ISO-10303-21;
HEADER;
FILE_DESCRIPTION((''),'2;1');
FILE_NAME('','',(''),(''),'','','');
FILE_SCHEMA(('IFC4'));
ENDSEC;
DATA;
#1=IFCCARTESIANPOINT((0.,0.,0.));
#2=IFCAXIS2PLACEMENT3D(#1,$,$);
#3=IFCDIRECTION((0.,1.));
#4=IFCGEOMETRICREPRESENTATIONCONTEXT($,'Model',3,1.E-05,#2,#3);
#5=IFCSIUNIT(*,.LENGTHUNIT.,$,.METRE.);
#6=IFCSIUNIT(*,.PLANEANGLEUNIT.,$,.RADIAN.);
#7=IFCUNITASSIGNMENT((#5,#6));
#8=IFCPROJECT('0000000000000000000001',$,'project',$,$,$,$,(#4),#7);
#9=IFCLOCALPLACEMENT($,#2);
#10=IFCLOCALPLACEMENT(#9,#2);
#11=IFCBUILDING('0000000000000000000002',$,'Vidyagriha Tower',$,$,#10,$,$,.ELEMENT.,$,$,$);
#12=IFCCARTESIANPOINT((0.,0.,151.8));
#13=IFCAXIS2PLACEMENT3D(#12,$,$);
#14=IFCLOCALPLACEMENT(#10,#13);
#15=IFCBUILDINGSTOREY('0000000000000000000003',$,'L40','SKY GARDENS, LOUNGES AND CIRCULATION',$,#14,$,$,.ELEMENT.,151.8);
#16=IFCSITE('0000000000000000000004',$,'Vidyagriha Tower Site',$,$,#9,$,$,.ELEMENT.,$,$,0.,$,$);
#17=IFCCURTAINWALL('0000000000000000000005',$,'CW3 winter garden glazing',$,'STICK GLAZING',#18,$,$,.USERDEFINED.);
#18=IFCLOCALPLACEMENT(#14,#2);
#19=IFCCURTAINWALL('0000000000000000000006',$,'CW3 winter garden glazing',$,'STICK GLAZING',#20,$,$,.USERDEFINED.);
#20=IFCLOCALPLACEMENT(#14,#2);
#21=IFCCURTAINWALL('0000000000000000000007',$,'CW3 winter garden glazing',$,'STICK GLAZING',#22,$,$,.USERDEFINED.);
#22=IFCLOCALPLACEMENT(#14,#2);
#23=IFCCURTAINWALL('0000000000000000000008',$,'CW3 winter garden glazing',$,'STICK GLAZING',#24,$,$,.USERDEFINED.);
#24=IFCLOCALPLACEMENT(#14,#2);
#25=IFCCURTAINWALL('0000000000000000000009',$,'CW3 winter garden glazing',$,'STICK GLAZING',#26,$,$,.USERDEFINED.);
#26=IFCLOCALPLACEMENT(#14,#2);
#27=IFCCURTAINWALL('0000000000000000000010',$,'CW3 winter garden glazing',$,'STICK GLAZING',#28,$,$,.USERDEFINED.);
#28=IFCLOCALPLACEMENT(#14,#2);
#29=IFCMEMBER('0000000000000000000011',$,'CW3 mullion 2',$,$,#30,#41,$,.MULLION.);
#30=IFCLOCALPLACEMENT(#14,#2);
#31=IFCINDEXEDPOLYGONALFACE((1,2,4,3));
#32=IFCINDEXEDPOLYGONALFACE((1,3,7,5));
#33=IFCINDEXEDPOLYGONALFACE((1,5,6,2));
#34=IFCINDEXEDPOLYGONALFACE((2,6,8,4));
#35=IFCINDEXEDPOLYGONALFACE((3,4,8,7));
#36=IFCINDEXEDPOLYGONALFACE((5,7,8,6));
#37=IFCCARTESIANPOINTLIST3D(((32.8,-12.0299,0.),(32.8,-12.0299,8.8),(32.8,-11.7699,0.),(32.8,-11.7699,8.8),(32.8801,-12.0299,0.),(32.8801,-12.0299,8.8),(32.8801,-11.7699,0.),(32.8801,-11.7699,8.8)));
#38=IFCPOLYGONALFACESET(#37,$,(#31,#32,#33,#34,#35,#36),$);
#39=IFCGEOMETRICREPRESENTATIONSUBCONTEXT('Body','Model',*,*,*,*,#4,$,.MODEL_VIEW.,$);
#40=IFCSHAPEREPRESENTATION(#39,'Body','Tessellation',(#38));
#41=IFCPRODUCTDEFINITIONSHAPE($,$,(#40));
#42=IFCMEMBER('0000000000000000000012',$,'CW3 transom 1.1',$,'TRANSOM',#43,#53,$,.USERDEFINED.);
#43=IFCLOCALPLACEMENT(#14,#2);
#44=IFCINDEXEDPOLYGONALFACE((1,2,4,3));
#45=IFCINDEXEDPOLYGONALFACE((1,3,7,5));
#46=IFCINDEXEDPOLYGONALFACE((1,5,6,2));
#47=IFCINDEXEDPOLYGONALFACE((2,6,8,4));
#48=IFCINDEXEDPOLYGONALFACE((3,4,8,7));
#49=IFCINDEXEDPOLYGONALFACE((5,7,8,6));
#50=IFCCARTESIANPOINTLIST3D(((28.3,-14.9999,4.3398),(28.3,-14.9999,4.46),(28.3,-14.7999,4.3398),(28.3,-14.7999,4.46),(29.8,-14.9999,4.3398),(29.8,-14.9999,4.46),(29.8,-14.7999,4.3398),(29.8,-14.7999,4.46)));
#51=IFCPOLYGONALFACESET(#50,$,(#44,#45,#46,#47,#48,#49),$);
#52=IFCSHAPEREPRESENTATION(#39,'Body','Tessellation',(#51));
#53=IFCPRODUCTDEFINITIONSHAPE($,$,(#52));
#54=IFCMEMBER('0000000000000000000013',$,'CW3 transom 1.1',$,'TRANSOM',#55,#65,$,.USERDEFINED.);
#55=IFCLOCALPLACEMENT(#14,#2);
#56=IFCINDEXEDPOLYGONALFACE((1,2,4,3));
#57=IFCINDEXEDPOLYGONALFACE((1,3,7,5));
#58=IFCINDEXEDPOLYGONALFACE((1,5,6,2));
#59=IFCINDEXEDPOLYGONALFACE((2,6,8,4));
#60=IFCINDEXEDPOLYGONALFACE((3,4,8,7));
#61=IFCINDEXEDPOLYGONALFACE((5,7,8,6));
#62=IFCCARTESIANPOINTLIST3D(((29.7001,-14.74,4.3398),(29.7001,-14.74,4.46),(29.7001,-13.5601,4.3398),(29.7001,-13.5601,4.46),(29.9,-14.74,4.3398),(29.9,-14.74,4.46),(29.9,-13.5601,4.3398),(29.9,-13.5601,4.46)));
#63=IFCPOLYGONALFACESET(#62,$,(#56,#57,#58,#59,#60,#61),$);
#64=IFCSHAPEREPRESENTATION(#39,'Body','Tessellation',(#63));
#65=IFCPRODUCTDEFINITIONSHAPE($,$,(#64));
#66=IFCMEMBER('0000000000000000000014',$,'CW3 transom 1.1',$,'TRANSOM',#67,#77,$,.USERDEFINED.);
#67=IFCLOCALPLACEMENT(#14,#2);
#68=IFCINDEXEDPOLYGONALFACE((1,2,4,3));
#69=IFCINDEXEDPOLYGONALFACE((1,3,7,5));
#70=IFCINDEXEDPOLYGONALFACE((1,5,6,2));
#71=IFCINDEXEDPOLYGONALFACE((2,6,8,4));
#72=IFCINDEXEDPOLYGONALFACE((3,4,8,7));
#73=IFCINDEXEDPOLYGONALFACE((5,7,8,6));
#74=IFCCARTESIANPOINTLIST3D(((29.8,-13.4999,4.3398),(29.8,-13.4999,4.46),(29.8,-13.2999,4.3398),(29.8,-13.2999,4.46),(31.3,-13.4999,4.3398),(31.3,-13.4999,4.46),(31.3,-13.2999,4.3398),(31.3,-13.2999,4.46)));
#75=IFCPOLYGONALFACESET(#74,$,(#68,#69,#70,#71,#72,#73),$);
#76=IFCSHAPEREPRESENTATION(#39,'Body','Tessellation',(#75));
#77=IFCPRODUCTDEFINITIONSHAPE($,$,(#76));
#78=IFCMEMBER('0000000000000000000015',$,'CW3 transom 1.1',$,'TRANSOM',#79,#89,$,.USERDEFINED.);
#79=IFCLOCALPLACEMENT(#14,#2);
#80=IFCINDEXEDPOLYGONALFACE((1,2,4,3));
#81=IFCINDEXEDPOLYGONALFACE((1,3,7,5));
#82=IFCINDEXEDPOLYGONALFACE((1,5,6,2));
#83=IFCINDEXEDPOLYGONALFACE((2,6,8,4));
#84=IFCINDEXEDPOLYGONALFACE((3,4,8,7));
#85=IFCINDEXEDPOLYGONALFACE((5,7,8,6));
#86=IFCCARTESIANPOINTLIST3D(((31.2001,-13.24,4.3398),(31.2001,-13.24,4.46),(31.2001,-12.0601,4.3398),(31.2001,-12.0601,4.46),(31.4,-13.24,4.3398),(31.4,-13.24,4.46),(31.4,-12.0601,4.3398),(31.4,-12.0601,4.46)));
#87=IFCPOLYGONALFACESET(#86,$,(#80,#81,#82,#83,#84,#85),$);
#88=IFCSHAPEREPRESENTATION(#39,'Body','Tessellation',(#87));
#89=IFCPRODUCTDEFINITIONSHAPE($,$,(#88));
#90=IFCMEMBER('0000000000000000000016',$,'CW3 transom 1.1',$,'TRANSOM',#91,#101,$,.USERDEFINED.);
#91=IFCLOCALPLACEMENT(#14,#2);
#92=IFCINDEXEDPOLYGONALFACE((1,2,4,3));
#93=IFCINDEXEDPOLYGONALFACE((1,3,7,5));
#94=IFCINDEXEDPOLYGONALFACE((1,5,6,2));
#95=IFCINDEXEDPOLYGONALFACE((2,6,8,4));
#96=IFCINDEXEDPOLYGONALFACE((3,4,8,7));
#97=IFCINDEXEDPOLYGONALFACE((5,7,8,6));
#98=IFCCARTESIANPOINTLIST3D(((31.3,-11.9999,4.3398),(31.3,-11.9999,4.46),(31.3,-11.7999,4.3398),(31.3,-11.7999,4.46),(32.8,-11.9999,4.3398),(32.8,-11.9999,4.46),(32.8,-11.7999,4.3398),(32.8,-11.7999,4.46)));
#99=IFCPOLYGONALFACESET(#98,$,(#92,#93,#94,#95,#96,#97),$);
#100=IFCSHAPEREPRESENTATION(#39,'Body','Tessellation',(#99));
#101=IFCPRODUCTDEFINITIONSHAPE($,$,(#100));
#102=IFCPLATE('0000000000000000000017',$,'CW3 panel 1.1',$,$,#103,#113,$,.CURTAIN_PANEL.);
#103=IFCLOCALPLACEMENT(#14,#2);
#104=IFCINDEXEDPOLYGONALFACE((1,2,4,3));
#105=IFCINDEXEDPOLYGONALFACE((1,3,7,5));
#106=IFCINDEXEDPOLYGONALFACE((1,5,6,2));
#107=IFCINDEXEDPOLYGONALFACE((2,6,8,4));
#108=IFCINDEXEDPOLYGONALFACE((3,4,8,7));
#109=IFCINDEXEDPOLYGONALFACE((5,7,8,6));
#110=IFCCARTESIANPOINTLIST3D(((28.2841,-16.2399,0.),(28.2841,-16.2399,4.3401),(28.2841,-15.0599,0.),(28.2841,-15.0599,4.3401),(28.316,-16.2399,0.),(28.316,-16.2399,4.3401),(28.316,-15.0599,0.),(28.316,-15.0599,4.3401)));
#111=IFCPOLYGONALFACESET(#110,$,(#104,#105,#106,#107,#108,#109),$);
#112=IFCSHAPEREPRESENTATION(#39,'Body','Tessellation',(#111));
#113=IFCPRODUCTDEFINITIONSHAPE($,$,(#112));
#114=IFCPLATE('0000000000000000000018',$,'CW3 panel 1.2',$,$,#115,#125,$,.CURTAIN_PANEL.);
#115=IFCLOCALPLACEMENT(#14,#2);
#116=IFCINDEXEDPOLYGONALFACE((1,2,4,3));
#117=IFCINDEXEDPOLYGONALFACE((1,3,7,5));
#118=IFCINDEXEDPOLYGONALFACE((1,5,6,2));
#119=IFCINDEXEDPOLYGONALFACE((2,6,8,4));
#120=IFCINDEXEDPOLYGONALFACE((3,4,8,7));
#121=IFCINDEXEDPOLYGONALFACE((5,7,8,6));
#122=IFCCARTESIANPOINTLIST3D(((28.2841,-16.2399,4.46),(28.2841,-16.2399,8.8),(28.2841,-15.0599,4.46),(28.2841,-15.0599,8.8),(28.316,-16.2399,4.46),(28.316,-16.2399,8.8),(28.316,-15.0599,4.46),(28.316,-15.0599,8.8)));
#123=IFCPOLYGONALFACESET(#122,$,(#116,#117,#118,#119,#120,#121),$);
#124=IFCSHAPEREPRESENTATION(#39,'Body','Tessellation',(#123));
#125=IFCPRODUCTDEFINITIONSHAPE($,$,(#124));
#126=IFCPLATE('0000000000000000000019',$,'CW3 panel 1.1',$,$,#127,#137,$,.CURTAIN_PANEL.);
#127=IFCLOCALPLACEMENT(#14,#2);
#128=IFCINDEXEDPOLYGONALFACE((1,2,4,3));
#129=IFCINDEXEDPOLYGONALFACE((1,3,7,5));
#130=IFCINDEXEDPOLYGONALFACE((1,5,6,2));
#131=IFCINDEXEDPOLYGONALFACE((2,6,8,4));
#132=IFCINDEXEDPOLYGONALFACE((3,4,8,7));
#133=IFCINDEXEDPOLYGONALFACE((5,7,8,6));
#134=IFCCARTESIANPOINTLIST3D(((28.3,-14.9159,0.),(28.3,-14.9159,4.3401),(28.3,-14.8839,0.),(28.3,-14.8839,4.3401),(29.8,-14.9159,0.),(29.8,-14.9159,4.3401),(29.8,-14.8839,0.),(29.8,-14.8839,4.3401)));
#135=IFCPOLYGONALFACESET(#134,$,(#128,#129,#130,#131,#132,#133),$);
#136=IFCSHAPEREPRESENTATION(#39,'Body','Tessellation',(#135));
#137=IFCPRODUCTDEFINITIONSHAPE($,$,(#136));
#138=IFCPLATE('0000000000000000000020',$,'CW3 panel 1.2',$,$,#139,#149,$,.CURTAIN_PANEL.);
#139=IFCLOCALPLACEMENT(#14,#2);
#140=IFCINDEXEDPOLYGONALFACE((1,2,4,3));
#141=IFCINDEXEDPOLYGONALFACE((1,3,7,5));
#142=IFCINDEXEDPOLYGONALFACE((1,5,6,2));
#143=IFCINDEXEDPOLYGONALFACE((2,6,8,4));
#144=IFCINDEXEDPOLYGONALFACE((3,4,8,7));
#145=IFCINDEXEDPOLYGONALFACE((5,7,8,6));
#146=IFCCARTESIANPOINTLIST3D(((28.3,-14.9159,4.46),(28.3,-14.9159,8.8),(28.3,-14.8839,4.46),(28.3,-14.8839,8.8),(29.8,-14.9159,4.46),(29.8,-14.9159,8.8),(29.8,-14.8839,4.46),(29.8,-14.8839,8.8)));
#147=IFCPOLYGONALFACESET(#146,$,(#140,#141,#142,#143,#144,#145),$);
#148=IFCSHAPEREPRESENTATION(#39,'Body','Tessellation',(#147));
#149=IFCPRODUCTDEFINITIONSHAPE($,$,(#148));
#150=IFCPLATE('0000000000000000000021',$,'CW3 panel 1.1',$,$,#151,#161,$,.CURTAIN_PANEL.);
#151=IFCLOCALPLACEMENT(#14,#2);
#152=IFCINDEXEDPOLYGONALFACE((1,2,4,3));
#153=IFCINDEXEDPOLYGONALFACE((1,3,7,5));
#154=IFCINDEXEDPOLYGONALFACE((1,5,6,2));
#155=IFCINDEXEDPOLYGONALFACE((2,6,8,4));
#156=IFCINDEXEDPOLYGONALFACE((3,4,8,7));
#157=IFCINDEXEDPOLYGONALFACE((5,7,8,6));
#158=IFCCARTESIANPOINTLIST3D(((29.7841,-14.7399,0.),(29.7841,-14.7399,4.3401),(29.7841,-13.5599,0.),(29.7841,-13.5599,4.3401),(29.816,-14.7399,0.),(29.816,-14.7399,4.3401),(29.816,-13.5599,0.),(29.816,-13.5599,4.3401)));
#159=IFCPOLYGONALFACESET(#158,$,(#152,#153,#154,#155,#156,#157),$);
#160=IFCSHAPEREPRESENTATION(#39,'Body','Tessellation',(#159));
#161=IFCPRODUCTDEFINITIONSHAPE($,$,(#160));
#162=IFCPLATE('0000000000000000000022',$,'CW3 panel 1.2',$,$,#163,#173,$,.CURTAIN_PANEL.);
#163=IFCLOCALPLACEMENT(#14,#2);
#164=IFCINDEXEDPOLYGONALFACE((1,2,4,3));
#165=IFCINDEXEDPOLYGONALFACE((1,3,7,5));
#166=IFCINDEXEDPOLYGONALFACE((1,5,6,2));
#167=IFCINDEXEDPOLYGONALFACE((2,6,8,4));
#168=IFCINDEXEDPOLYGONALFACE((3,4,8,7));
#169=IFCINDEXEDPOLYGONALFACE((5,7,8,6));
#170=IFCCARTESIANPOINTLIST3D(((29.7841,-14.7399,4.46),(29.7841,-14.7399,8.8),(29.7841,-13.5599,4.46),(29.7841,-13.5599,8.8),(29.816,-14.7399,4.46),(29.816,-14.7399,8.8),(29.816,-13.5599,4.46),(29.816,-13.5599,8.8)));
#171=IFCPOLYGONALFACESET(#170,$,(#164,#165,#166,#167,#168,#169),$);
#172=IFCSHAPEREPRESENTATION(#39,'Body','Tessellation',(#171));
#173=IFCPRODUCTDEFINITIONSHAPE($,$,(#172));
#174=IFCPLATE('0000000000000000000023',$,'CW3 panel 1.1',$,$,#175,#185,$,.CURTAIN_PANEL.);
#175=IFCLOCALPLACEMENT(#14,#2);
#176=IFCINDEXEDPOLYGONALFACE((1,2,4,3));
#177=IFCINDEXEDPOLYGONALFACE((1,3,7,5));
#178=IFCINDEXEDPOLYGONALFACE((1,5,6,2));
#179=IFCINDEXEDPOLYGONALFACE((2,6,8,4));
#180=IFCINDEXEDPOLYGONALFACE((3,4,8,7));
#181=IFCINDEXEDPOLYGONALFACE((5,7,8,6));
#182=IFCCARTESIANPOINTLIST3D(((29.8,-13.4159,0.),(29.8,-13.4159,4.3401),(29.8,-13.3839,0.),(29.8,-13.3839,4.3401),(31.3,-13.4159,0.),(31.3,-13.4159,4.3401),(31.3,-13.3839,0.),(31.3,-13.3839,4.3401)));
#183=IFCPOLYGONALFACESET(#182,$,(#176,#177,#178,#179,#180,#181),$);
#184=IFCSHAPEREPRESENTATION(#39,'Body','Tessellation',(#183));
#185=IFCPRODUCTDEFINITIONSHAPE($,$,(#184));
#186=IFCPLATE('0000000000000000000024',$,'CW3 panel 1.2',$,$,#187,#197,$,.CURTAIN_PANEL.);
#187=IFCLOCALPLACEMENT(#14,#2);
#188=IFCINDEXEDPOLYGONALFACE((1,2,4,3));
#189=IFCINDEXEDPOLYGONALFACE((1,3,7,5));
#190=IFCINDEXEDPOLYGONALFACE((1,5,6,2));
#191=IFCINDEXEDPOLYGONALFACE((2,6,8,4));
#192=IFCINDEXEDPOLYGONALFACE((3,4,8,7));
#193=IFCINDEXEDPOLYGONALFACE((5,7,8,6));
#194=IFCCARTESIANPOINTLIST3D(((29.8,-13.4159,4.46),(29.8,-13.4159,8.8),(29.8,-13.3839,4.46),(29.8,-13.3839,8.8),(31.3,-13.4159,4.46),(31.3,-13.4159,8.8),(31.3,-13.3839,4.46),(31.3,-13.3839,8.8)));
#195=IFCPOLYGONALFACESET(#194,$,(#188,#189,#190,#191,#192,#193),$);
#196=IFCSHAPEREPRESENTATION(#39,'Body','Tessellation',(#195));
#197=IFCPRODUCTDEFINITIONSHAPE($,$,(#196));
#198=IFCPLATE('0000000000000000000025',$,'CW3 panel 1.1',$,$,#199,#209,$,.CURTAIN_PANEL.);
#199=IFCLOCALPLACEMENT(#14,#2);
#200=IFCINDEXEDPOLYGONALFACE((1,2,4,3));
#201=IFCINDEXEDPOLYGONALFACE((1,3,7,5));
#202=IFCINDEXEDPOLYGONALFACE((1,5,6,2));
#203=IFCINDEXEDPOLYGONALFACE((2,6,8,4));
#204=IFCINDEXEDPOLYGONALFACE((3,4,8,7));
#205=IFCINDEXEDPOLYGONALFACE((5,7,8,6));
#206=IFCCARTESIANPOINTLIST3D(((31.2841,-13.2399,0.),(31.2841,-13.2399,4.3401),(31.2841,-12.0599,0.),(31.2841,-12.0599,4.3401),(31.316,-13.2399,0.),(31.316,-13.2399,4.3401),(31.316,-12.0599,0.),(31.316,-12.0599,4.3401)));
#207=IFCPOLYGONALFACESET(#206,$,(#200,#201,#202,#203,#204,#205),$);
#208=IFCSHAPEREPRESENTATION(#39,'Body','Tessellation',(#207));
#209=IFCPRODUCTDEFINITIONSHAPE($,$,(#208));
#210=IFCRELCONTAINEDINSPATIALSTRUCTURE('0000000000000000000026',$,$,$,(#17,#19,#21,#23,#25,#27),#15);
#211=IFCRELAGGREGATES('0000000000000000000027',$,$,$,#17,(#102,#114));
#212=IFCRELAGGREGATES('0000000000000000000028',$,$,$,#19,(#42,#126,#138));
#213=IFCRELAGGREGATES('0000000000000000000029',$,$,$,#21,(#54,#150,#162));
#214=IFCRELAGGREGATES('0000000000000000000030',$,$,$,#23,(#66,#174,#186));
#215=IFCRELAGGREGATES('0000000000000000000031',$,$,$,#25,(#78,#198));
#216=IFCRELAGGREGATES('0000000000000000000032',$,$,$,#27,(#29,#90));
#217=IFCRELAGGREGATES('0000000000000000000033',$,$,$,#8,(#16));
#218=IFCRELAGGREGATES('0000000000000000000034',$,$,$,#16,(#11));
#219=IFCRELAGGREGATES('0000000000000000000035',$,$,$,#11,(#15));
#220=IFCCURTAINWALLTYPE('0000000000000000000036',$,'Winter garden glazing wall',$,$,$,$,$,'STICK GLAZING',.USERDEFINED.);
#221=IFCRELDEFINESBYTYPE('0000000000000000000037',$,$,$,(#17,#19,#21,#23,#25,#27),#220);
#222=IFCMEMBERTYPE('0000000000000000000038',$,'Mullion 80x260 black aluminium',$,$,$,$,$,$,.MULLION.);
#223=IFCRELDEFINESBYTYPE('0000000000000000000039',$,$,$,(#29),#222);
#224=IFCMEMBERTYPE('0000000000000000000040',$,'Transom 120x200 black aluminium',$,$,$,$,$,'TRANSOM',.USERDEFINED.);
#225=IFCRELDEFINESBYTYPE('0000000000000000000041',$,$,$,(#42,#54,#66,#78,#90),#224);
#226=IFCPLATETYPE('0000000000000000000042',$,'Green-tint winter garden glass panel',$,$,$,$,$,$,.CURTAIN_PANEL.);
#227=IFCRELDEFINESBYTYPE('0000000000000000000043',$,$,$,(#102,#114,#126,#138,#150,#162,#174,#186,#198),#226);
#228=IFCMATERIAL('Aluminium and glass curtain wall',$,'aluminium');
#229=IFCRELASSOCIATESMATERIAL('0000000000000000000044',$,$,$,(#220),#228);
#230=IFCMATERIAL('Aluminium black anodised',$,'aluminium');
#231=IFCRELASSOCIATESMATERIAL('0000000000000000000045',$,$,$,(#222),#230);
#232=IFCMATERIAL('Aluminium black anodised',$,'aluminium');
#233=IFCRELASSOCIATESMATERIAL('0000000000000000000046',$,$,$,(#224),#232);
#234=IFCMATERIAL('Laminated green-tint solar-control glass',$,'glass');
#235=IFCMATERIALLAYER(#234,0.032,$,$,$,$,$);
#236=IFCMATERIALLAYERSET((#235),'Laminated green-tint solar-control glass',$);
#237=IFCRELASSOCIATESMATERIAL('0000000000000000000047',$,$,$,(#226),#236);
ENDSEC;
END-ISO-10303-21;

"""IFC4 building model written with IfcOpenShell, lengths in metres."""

from ifc_helpers import new_model, si_unit, direction, frame, origin, origin_2d, place, context, subcontext, project, spatial, rectangle, extrude, material, layer, layer_set, material_profile, profile_set, type_object, element, aggregate, save


model = new_model("IFC4")

# Units and contexts
model_context = context("Model", 3, precision=1e-05, world=origin(), true_north=direction((0.0, 1.0)))
body_context = subcontext(model_context, "Body", "Model", "MODEL_VIEW")
ifc_project = project(units=[si_unit("LENGTHUNIT", "METRE"), si_unit("PLANEANGLEUNIT", "RADIAN")], contexts=[model_context])

# Site, building, storey
site_placement = place(None, origin())
site = spatial("IfcSite", under=ifc_project, at=site_placement, Name="Vidyagriha Tower Site", CompositionType="ELEMENT", RefElevation=0.0)
building_placement = place(site_placement, origin())
building = spatial("IfcBuilding", under=site, at=building_placement, Name="Vidyagriha Tower", CompositionType="ELEMENT")
storey_placement = place(building_placement, frame((0.0, 0.0, 151.8)))
storey = spatial("IfcBuildingStorey", under=building, at=storey_placement, Name="L40", Description="SKY GARDENS, LOUNGES AND CIRCULATION", CompositionType="ELEMENT", Elevation=151.8)

# Curtain walls
ifc_material_1 = material(Name="Aluminium and glass curtain wall", Category="aluminium")
curtain_wall_type = type_object("IfcCurtainWallType", Name="Winter garden glazing wall", ElementType="STICK GLAZING", PredefinedType="USERDEFINED", material=ifc_material_1)
ifc_material_2 = material(Name="Aluminium black anodised", Category="aluminium")
ifc_material_profile_1 = material_profile(ifc_material_2, rectangle(XDim=0.26, YDim=0.0801, at=origin_2d()), Name="Mullion 80x260 black aluminium")
ifc_profile_set_1 = profile_set([ifc_material_profile_1], Name="Aluminium black anodised")
member_type_1 = type_object("IfcMemberType", Name="Mullion 80x260 black aluminium", PredefinedType="MULLION", material=ifc_profile_set_1)
curtain_wall_1_placement = place(storey_placement, origin())
curtain_wall_1 = element("IfcCurtainWall", 1, at=curtain_wall_1_placement, inside=storey, type_object=curtain_wall_type, Name="CW3 winter garden glazing", ObjectType="STICK GLAZING", PredefinedType="USERDEFINED")
curtain_wall_2_placement = place(storey_placement, origin())
curtain_wall_2 = element("IfcCurtainWall", 2, at=curtain_wall_2_placement, inside=storey, type_object=curtain_wall_type, Name="CW3 winter garden glazing", ObjectType="STICK GLAZING", PredefinedType="USERDEFINED")

# Curtain walls, member
curtain_wall_3_placement = place(storey_placement, origin())
curtain_wall_3 = element("IfcCurtainWall", 3, at=curtain_wall_3_placement, inside=storey, type_object=curtain_wall_type, Name="CW3 winter garden glazing", ObjectType="STICK GLAZING", PredefinedType="USERDEFINED")
curtain_wall_4_placement = place(storey_placement, origin())
curtain_wall_4 = element("IfcCurtainWall", 4, at=curtain_wall_4_placement, inside=storey, type_object=curtain_wall_type, Name="CW3 winter garden glazing", ObjectType="STICK GLAZING", PredefinedType="USERDEFINED")
curtain_wall_5_placement = place(storey_placement, origin())
curtain_wall_5 = element("IfcCurtainWall", 5, at=curtain_wall_5_placement, inside=storey, type_object=curtain_wall_type, Name="CW3 winter garden glazing", ObjectType="STICK GLAZING", PredefinedType="USERDEFINED")
curtain_wall_6_placement = place(storey_placement, origin())
curtain_wall_6 = element("IfcCurtainWall", 6, at=curtain_wall_6_placement, inside=storey, type_object=curtain_wall_type, Name="CW3 winter garden glazing", ObjectType="STICK GLAZING", PredefinedType="USERDEFINED")
member_1_placement = place(storey_placement, frame((32.8401, -11.8999, 0.0), z_axis=(0.0, 0.0, 1.0), x_axis=(0.0, 1.0, 0.0)))
member_1 = element("IfcMember", 7, at=member_1_placement, type_object=member_type_1, Name="CW3 mullion 2", PredefinedType="MULLION", context=body_context, shape_type="SweptSolid", body=[
    extrude(rectangle(XDim=0.26, YDim=0.0801, at=origin_2d()), origin(), (0.0, 0.0, 1.0), 8.8),
])

# Members
ifc_material_3 = material(Name="Aluminium black anodised", Category="aluminium")
ifc_material_profile_2 = material_profile(ifc_material_3, rectangle(XDim=0.2, YDim=0.1201, at=origin_2d()), Name="Transom 120x200 black aluminium")
ifc_profile_set_2 = profile_set([ifc_material_profile_2], Name="Aluminium black anodised")
member_type_2 = type_object("IfcMemberType", Name="Transom 120x200 black aluminium", ElementType="TRANSOM", PredefinedType="USERDEFINED", material=ifc_profile_set_2)
member_2_placement = place(storey_placement, frame((28.3, -14.8999, 4.3999), z_axis=(1.0, 0.0, 0.0), x_axis=(0.0, 1.0, 0.0)))
member_2 = element("IfcMember", 8, at=member_2_placement, type_object=member_type_2, Name="CW3 transom 1.1", ObjectType="TRANSOM", PredefinedType="USERDEFINED", context=body_context, shape_type="SweptSolid", body=[
    extrude(rectangle(XDim=0.2, YDim=0.1201, at=origin_2d()), origin(), (0.0, 0.0, 1.0), 1.5),
])
member_3_placement = place(storey_placement, frame((29.8, -14.74, 4.3999), z_axis=(0.0, 1.0, 0.0), x_axis=(-1.0, 0.0, 0.0)))
member_3 = element("IfcMember", 9, at=member_3_placement, type_object=member_type_2, Name="CW3 transom 1.1", ObjectType="TRANSOM", PredefinedType="USERDEFINED", context=body_context, shape_type="SweptSolid", body=[
    extrude(rectangle(XDim=0.2, YDim=0.1201, at=origin_2d()), origin(), (0.0, 0.0, 1.0), 1.1799),
])
member_4_placement = place(storey_placement, frame((29.8, -13.3999, 4.3999), z_axis=(1.0, 0.0, 0.0), x_axis=(0.0, 1.0, 0.0)))
member_4 = element("IfcMember", 10, at=member_4_placement, type_object=member_type_2, Name="CW3 transom 1.1", ObjectType="TRANSOM", PredefinedType="USERDEFINED", context=body_context, shape_type="SweptSolid", body=[
    extrude(rectangle(XDim=0.2, YDim=0.1201, at=origin_2d()), origin(), (0.0, 0.0, 1.0), 1.5),
])
member_5_placement = place(storey_placement, frame((31.3, -13.24, 4.3999), z_axis=(0.0, 1.0, 0.0), x_axis=(-1.0, 0.0, 0.0)))
member_5 = element("IfcMember", 11, at=member_5_placement, type_object=member_type_2, Name="CW3 transom 1.1", ObjectType="TRANSOM", PredefinedType="USERDEFINED", context=body_context, shape_type="SweptSolid", body=[
    extrude(rectangle(XDim=0.2, YDim=0.1201, at=origin_2d()), origin(), (0.0, 0.0, 1.0), 1.1799),
])
member_6_placement = place(storey_placement, frame((31.3, -11.8999, 4.3999), z_axis=(1.0, 0.0, 0.0), x_axis=(0.0, 1.0, 0.0)))
member_6 = element("IfcMember", 12, at=member_6_placement, type_object=member_type_2, Name="CW3 transom 1.1", ObjectType="TRANSOM", PredefinedType="USERDEFINED", context=body_context, shape_type="SweptSolid", body=[
    extrude(rectangle(XDim=0.2, YDim=0.1201, at=origin_2d()), origin(), (0.0, 0.0, 1.0), 1.5),
])

# Plates
ifc_material_4 = material(Name="Laminated green-tint solar-control glass", Category="glass")
ifc_layer = layer(ifc_material_4, 0.032)
ifc_layer_set = layer_set([ifc_layer], Name="Laminated green-tint solar-control glass")
plate_type = type_object("IfcPlateType", Name="Green-tint winter garden glass panel", PredefinedType="CURTAIN_PANEL", material=ifc_layer_set)
plate_1_placement = place(storey_placement, frame((28.3, -15.6499, 0.0), z_axis=(0.0, 0.0, 1.0), x_axis=(0.0, 1.0, 0.0)))
plate_1 = element("IfcPlate", 13, at=plate_1_placement, type_object=plate_type, Name="CW3 panel 1.1", PredefinedType="CURTAIN_PANEL", context=body_context, shape_type="SweptSolid", body=[
    extrude(rectangle(XDim=1.1799, YDim=0.032, at=origin_2d()), origin(), (0.0, 0.0, 1.0), 4.3401),
])
plate_2_placement = place(storey_placement, frame((28.3, -15.6499, 4.46), z_axis=(0.0, 0.0, 1.0), x_axis=(0.0, 1.0, 0.0)))
plate_2 = element("IfcPlate", 14, at=plate_2_placement, type_object=plate_type, Name="CW3 panel 1.2", PredefinedType="CURTAIN_PANEL", context=body_context, shape_type="SweptSolid", body=[
    extrude(rectangle(XDim=1.1799, YDim=0.032, at=origin_2d()), origin(), (0.0, 0.0, 1.0), 4.3401),
])
aggregate(curtain_wall_1, [plate_1, plate_2])
plate_3_placement = place(storey_placement, frame((29.05, -14.8999, 0.0)))
plate_3 = element("IfcPlate", 15, at=plate_3_placement, type_object=plate_type, Name="CW3 panel 1.1", PredefinedType="CURTAIN_PANEL", context=body_context, shape_type="SweptSolid", body=[
    extrude(rectangle(XDim=1.5, YDim=0.032, at=origin_2d()), origin(), (0.0, 0.0, 1.0), 4.3401),
])
plate_4_placement = place(storey_placement, frame((29.05, -14.8999, 4.46)))
plate_4 = element("IfcPlate", 16, at=plate_4_placement, type_object=plate_type, Name="CW3 panel 1.2", PredefinedType="CURTAIN_PANEL", context=body_context, shape_type="SweptSolid", body=[
    extrude(rectangle(XDim=1.5, YDim=0.032, at=origin_2d()), origin(), (0.0, 0.0, 1.0), 4.3401),
])
aggregate(curtain_wall_2, [member_2, plate_3, plate_4])
plate_5_placement = place(storey_placement, frame((29.8, -14.1499, 0.0), z_axis=(0.0, 0.0, 1.0), x_axis=(0.0, 1.0, 0.0)))
plate_5 = element("IfcPlate", 17, at=plate_5_placement, type_object=plate_type, Name="CW3 panel 1.1", PredefinedType="CURTAIN_PANEL", context=body_context, shape_type="SweptSolid", body=[
    extrude(rectangle(XDim=1.1799, YDim=0.032, at=origin_2d()), origin(), (0.0, 0.0, 1.0), 4.3401),
])
plate_6_placement = place(storey_placement, frame((29.8, -14.1499, 4.46), z_axis=(0.0, 0.0, 1.0), x_axis=(0.0, 1.0, 0.0)))
plate_6 = element("IfcPlate", 18, at=plate_6_placement, type_object=plate_type, Name="CW3 panel 1.2", PredefinedType="CURTAIN_PANEL", context=body_context, shape_type="SweptSolid", body=[
    extrude(rectangle(XDim=1.1799, YDim=0.032, at=origin_2d()), origin(), (0.0, 0.0, 1.0), 4.3401),
])
aggregate(curtain_wall_3, [member_3, plate_5, plate_6])
plate_7_placement = place(storey_placement, frame((30.55, -13.3999, 0.0)))
plate_7 = element("IfcPlate", 19, at=plate_7_placement, type_object=plate_type, Name="CW3 panel 1.1", PredefinedType="CURTAIN_PANEL", context=body_context, shape_type="SweptSolid", body=[
    extrude(rectangle(XDim=1.5, YDim=0.032, at=origin_2d()), origin(), (0.0, 0.0, 1.0), 4.3401),
])
plate_8_placement = place(storey_placement, frame((30.55, -13.3999, 4.46)))
plate_8 = element("IfcPlate", 20, at=plate_8_placement, type_object=plate_type, Name="CW3 panel 1.2", PredefinedType="CURTAIN_PANEL", context=body_context, shape_type="SweptSolid", body=[
    extrude(rectangle(XDim=1.5, YDim=0.032, at=origin_2d()), origin(), (0.0, 0.0, 1.0), 4.3401),
])
aggregate(curtain_wall_4, [member_4, plate_7, plate_8])
plate_9_placement = place(storey_placement, frame((31.3, -12.6499, 0.0), z_axis=(0.0, 0.0, 1.0), x_axis=(0.0, 1.0, 0.0)))
plate_9 = element("IfcPlate", 21, at=plate_9_placement, type_object=plate_type, Name="CW3 panel 1.1", PredefinedType="CURTAIN_PANEL", context=body_context, shape_type="SweptSolid", body=[
    extrude(rectangle(XDim=1.1799, YDim=0.032, at=origin_2d()), origin(), (0.0, 0.0, 1.0), 4.3401),
])
aggregate(curtain_wall_5, [member_5, plate_9])
aggregate(curtain_wall_6, [member_1, member_6])

save(model, "model.ifc")
